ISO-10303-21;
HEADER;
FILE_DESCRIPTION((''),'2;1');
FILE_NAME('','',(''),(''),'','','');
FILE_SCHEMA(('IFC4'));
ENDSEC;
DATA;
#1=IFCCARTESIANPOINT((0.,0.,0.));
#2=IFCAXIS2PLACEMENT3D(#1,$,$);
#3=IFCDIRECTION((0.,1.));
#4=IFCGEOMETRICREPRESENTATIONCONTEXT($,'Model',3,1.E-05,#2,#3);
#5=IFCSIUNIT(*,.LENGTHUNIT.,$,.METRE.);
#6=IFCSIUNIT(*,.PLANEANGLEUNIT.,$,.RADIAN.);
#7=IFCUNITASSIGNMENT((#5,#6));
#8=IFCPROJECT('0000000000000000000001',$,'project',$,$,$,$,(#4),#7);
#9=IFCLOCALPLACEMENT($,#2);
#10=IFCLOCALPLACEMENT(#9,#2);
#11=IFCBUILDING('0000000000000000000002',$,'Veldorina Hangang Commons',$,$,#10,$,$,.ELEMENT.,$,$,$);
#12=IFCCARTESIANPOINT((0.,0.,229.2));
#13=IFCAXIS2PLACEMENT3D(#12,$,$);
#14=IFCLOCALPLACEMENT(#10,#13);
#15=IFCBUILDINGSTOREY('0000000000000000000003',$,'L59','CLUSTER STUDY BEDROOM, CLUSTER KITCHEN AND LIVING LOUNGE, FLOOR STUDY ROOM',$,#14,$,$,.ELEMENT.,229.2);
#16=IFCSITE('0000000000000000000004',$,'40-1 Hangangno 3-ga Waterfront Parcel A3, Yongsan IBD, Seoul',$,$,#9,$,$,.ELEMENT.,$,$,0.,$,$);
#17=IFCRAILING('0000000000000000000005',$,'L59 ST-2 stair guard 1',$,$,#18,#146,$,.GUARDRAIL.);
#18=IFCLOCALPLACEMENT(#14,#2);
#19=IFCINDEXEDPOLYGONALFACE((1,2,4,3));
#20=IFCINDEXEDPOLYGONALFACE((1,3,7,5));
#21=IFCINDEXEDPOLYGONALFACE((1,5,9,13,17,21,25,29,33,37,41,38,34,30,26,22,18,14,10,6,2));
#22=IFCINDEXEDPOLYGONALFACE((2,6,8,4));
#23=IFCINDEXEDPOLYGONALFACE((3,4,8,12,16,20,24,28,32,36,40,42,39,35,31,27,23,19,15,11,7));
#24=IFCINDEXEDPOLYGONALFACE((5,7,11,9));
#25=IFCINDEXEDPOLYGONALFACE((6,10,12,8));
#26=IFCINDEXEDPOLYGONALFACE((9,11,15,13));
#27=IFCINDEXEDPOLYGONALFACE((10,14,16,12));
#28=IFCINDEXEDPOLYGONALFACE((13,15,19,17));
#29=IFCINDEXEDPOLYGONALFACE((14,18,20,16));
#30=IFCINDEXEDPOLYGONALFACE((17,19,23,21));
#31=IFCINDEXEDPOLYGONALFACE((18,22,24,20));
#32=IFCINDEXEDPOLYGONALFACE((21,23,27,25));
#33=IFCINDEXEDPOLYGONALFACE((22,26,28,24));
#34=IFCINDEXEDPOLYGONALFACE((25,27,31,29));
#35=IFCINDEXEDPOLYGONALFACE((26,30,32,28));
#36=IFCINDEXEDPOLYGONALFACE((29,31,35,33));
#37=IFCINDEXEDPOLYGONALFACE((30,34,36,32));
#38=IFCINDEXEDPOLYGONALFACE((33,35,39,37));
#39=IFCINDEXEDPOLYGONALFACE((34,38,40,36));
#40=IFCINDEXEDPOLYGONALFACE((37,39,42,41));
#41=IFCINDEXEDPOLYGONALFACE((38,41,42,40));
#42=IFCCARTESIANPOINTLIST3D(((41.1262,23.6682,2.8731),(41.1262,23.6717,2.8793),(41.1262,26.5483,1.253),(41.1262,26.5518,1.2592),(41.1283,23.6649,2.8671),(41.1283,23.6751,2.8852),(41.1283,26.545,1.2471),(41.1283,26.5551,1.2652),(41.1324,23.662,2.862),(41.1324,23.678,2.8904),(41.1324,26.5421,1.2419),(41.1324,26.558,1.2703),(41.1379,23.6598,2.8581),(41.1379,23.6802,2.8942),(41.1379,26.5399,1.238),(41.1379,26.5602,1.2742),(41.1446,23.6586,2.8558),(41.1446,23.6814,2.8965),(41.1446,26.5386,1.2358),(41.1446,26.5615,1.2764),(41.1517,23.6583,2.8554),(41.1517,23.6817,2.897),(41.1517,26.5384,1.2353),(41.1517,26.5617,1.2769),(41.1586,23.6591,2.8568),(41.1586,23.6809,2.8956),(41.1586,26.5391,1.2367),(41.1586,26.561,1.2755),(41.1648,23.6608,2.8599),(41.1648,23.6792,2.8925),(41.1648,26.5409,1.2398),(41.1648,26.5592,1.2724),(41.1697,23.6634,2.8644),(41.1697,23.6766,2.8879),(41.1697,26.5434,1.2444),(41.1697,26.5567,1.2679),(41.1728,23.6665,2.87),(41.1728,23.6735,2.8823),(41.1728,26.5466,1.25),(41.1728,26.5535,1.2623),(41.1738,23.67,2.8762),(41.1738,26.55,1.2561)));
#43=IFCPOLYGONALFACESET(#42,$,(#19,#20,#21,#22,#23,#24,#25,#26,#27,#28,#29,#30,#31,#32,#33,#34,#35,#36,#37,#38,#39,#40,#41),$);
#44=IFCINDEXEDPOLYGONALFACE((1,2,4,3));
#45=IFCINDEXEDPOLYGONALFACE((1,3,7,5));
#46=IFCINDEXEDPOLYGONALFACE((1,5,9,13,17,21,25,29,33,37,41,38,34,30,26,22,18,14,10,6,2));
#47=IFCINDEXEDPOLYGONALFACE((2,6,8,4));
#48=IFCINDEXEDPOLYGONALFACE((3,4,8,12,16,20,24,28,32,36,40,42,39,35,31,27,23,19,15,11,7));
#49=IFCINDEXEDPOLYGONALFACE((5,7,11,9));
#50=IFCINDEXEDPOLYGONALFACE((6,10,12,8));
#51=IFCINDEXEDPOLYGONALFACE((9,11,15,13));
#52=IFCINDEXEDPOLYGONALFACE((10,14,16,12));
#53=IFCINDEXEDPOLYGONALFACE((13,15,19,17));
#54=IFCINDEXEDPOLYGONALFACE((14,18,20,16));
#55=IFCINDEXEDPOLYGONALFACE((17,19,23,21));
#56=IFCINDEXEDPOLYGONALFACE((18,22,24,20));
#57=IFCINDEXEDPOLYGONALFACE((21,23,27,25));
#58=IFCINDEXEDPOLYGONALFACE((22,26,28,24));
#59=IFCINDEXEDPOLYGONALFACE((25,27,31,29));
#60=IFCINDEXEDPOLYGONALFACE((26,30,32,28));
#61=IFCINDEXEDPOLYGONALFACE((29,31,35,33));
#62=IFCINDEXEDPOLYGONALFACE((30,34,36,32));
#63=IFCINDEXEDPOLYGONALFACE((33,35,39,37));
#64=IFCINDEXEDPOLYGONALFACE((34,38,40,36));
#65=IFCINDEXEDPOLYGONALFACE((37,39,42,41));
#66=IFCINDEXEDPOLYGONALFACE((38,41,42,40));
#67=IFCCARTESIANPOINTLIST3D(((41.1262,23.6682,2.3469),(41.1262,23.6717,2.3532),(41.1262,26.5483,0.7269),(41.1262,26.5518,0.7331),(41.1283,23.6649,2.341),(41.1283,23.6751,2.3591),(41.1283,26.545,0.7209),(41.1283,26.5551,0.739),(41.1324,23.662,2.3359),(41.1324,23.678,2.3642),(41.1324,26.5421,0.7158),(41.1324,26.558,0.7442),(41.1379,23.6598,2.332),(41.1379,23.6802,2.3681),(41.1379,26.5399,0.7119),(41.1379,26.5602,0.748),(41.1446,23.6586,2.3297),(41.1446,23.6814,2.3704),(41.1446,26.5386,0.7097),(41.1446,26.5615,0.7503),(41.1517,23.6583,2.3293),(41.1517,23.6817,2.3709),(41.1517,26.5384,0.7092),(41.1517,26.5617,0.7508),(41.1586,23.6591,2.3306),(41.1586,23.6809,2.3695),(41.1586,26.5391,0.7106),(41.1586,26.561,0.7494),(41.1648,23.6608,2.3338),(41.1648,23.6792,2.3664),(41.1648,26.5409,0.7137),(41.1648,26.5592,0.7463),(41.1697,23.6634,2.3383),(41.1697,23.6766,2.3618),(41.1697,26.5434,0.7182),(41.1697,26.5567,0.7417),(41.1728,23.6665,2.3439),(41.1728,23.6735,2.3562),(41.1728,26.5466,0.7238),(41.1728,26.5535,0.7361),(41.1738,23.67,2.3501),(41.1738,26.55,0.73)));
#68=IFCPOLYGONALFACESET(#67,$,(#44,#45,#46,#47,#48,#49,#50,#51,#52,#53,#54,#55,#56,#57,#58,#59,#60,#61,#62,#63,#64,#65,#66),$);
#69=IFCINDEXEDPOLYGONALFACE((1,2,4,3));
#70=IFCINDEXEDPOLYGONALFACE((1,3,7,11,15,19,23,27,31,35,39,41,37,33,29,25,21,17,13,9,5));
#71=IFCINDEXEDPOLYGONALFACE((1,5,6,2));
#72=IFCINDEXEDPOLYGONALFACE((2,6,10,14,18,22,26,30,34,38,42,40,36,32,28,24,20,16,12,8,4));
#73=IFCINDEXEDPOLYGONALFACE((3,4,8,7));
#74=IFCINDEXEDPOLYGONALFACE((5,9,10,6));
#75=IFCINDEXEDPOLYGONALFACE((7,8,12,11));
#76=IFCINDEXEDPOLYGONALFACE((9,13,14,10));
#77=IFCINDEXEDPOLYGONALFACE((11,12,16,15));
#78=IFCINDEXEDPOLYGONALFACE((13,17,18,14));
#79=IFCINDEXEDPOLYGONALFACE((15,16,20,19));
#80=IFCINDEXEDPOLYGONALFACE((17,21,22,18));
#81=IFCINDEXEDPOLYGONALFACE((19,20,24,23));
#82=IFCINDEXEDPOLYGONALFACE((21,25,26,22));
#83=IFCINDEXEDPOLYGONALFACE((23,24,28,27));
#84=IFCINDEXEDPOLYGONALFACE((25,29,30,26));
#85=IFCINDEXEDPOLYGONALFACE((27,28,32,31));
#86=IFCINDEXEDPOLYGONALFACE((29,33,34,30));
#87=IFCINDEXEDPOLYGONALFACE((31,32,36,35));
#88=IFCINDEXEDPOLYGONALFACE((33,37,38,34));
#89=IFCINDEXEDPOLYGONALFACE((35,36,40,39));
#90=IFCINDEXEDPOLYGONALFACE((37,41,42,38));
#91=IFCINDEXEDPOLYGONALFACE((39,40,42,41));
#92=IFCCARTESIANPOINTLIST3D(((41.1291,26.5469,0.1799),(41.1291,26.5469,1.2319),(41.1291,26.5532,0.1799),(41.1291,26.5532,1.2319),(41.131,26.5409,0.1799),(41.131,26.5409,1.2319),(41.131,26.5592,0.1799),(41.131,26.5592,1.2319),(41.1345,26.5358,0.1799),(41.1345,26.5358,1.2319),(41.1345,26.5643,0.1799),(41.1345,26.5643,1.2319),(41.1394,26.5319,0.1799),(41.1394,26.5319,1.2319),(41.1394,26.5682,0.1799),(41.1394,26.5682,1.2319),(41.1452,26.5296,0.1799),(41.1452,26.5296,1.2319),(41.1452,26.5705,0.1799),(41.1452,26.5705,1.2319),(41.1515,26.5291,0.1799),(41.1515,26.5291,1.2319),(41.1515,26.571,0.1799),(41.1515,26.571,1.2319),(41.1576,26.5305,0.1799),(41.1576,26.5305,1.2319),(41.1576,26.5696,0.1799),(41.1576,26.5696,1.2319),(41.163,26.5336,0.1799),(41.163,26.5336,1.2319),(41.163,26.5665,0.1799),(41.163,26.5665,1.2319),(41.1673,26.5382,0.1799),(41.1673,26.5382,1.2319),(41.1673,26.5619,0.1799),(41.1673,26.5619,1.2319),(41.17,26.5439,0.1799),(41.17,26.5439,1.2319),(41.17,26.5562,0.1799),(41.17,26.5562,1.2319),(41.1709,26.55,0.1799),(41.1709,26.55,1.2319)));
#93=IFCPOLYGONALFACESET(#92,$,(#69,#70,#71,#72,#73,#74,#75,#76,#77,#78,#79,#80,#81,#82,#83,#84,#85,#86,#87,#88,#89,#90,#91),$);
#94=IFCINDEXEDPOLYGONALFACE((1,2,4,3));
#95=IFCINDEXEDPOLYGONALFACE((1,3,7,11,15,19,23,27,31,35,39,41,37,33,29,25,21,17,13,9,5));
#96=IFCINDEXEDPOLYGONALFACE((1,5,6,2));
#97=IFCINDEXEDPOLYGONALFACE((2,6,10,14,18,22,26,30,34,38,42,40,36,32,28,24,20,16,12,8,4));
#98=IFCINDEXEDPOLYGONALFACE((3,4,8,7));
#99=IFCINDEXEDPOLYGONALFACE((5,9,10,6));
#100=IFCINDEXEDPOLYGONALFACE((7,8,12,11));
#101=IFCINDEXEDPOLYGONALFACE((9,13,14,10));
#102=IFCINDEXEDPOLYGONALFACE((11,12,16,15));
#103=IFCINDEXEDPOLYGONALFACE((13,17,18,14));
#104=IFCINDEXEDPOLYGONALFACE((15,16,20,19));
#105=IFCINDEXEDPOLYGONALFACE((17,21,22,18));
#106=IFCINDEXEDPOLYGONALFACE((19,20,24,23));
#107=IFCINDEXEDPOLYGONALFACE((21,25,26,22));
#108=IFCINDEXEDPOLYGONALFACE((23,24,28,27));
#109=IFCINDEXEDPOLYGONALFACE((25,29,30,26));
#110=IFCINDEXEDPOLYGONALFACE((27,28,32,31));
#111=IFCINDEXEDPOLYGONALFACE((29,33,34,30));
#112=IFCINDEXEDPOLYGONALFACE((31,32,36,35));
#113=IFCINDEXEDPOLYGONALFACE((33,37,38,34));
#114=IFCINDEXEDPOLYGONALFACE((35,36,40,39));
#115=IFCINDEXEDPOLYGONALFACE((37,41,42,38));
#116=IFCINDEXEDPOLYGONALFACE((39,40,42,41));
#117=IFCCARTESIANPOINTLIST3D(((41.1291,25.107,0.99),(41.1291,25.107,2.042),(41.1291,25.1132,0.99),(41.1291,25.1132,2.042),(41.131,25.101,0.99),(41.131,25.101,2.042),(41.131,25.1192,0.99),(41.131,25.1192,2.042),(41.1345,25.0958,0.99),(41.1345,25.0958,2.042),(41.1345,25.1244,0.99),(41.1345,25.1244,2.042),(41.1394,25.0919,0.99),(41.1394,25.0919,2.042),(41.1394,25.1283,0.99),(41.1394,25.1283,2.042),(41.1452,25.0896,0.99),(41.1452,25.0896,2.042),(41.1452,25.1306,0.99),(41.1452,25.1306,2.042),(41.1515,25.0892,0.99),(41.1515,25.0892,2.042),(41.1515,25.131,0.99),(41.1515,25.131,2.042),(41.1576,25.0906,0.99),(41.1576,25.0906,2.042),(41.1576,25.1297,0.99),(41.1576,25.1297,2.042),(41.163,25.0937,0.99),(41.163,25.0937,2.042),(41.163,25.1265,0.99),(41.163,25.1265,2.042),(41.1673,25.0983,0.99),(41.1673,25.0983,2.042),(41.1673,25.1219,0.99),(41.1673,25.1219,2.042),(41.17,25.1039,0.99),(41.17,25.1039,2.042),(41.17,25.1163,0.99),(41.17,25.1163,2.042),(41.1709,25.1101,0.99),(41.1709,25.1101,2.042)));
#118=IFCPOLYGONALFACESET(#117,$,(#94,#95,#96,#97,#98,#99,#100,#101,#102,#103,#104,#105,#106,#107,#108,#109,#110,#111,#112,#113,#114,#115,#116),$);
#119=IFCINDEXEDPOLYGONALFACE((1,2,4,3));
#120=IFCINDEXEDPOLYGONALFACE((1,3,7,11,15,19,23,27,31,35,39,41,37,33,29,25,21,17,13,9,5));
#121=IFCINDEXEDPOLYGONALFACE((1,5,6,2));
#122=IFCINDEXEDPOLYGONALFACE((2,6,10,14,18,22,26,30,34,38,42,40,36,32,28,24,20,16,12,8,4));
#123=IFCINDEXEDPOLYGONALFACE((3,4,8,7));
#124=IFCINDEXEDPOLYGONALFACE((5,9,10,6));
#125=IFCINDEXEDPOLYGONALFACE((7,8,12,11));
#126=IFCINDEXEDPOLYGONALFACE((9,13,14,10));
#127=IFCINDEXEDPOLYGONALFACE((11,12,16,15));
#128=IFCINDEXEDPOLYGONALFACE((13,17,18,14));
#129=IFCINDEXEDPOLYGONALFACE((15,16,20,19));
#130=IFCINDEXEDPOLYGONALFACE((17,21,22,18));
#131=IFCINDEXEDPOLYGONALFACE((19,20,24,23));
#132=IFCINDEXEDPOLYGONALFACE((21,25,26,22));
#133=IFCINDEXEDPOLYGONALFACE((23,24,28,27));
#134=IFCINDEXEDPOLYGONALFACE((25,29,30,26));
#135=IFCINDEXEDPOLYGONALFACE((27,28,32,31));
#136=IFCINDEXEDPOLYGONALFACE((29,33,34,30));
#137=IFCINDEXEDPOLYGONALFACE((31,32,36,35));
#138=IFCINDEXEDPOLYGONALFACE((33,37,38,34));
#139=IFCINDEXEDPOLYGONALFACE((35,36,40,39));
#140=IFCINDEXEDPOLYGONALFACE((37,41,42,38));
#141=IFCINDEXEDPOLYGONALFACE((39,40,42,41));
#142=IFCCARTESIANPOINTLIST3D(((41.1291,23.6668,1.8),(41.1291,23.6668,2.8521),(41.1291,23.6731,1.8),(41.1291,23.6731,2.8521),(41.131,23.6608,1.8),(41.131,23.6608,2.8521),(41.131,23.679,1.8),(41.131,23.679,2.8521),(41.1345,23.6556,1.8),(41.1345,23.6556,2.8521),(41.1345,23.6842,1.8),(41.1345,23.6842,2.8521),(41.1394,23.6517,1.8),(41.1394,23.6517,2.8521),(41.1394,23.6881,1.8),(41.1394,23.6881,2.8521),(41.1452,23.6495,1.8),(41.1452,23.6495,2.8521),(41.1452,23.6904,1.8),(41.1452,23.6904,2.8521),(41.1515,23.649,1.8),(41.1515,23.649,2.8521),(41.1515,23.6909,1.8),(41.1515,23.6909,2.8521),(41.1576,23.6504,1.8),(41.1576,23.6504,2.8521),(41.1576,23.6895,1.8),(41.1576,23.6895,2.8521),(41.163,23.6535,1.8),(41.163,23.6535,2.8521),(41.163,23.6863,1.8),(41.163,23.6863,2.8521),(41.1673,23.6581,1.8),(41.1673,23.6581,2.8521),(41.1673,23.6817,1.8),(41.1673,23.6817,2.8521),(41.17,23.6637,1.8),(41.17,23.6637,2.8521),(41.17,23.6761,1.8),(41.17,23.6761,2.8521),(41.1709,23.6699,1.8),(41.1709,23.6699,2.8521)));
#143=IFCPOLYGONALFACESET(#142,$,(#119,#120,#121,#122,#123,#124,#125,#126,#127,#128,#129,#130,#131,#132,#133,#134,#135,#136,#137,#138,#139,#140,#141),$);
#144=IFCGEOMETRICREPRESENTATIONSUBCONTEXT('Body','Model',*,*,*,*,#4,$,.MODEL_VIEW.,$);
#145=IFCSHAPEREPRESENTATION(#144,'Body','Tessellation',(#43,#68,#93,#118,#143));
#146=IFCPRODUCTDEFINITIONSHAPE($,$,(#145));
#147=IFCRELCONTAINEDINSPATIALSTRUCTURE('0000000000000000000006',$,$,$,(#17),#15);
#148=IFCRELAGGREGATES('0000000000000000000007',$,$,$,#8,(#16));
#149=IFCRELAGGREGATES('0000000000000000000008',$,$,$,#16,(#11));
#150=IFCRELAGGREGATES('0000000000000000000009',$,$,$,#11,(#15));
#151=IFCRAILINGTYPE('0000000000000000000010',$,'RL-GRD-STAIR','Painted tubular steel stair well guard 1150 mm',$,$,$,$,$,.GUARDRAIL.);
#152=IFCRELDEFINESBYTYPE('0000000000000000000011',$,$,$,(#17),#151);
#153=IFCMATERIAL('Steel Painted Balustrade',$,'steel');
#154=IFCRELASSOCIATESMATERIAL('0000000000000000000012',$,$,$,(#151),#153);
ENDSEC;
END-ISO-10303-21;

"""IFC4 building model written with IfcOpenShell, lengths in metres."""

from ifc_helpers import new_model, si_unit, direction, frame, origin, origin_2d, place, context, subcontext, project, spatial, circle, extrude, material, type_object, element, save


model = new_model("IFC4")

# Units and contexts
model_context = context("Model", 3, precision=1e-05, world=origin(), true_north=direction((0.0, 1.0)))
body_context = subcontext(model_context, "Body", "Model", "MODEL_VIEW")
ifc_project = project(units=[si_unit("LENGTHUNIT", "METRE"), si_unit("PLANEANGLEUNIT", "RADIAN")], contexts=[model_context])

# Site, building, storey
site_placement = place(None, origin())
site = spatial("IfcSite", under=ifc_project, at=site_placement, Name="40-1 Hangangno 3-ga Waterfront Parcel A3, Yongsan IBD, Seoul", CompositionType="ELEMENT", RefElevation=0.0)
building_placement = place(site_placement, origin())
building = spatial("IfcBuilding", under=site, at=building_placement, Name="Veldorina Hangang Commons", CompositionType="ELEMENT")
storey_placement = place(building_placement, frame((0.0, 0.0, 229.2)))
storey = spatial("IfcBuildingStorey", under=building, at=storey_placement, Name="L59", Description="CLUSTER STUDY BEDROOM, CLUSTER KITCHEN AND LIVING LOUNGE, FLOOR STUDY ROOM", CompositionType="ELEMENT", Elevation=229.2)

# Railing
ifc_material_1 = material(Name="Steel Painted Balustrade", Category="steel")
railing_type_1 = type_object("IfcRailingType", Name="RL-GRD-STAIR", Description="Painted tubular steel stair well guard 1150 mm", PredefinedType="GUARDRAIL", material=ifc_material_1)
railing_1_placement = place(storey_placement, frame((41.1499, 26.55, 0.1799)))
element("IfcRailing", 1, at=railing_1_placement, inside=storey, type_object=railing_type_1, Name="L59 ST-2 stair guard 1", PredefinedType="GUARDRAIL", context=body_context, shape_type="SweptSolid", body=[
    extrude(circle(Radius=0.0239, at=origin_2d()), frame((0.0, 0.0, 1.0762), z_axis=(0.0, -0.87157, 0.490272), x_axis=(1.0, 0.0, 0.0)), (0.0, 0.0, 1.0), 3.3044),
    extrude(circle(Radius=0.0239, at=origin_2d()), frame((0.0, 0.0, 0.55), z_axis=(0.0, -0.87157, 0.490272), x_axis=(1.0, 0.0, 0.0)), (0.0, 0.0, 1.0), 3.3044),
    extrude(circle(Radius=0.021, at=origin_2d()), origin(), (0.0, 0.0, 1.0), 1.052),
    extrude(circle(Radius=0.021, at=origin_2d()), frame((0.0, -1.4399, 0.8101)), (0.0, 0.0, 1.0), 1.052),
    extrude(circle(Radius=0.021, at=origin_2d()), frame((0.0, -2.8801, 1.6201)), (0.0, 0.0, 1.0), 1.052),
])

save(model, "model.ifc")
